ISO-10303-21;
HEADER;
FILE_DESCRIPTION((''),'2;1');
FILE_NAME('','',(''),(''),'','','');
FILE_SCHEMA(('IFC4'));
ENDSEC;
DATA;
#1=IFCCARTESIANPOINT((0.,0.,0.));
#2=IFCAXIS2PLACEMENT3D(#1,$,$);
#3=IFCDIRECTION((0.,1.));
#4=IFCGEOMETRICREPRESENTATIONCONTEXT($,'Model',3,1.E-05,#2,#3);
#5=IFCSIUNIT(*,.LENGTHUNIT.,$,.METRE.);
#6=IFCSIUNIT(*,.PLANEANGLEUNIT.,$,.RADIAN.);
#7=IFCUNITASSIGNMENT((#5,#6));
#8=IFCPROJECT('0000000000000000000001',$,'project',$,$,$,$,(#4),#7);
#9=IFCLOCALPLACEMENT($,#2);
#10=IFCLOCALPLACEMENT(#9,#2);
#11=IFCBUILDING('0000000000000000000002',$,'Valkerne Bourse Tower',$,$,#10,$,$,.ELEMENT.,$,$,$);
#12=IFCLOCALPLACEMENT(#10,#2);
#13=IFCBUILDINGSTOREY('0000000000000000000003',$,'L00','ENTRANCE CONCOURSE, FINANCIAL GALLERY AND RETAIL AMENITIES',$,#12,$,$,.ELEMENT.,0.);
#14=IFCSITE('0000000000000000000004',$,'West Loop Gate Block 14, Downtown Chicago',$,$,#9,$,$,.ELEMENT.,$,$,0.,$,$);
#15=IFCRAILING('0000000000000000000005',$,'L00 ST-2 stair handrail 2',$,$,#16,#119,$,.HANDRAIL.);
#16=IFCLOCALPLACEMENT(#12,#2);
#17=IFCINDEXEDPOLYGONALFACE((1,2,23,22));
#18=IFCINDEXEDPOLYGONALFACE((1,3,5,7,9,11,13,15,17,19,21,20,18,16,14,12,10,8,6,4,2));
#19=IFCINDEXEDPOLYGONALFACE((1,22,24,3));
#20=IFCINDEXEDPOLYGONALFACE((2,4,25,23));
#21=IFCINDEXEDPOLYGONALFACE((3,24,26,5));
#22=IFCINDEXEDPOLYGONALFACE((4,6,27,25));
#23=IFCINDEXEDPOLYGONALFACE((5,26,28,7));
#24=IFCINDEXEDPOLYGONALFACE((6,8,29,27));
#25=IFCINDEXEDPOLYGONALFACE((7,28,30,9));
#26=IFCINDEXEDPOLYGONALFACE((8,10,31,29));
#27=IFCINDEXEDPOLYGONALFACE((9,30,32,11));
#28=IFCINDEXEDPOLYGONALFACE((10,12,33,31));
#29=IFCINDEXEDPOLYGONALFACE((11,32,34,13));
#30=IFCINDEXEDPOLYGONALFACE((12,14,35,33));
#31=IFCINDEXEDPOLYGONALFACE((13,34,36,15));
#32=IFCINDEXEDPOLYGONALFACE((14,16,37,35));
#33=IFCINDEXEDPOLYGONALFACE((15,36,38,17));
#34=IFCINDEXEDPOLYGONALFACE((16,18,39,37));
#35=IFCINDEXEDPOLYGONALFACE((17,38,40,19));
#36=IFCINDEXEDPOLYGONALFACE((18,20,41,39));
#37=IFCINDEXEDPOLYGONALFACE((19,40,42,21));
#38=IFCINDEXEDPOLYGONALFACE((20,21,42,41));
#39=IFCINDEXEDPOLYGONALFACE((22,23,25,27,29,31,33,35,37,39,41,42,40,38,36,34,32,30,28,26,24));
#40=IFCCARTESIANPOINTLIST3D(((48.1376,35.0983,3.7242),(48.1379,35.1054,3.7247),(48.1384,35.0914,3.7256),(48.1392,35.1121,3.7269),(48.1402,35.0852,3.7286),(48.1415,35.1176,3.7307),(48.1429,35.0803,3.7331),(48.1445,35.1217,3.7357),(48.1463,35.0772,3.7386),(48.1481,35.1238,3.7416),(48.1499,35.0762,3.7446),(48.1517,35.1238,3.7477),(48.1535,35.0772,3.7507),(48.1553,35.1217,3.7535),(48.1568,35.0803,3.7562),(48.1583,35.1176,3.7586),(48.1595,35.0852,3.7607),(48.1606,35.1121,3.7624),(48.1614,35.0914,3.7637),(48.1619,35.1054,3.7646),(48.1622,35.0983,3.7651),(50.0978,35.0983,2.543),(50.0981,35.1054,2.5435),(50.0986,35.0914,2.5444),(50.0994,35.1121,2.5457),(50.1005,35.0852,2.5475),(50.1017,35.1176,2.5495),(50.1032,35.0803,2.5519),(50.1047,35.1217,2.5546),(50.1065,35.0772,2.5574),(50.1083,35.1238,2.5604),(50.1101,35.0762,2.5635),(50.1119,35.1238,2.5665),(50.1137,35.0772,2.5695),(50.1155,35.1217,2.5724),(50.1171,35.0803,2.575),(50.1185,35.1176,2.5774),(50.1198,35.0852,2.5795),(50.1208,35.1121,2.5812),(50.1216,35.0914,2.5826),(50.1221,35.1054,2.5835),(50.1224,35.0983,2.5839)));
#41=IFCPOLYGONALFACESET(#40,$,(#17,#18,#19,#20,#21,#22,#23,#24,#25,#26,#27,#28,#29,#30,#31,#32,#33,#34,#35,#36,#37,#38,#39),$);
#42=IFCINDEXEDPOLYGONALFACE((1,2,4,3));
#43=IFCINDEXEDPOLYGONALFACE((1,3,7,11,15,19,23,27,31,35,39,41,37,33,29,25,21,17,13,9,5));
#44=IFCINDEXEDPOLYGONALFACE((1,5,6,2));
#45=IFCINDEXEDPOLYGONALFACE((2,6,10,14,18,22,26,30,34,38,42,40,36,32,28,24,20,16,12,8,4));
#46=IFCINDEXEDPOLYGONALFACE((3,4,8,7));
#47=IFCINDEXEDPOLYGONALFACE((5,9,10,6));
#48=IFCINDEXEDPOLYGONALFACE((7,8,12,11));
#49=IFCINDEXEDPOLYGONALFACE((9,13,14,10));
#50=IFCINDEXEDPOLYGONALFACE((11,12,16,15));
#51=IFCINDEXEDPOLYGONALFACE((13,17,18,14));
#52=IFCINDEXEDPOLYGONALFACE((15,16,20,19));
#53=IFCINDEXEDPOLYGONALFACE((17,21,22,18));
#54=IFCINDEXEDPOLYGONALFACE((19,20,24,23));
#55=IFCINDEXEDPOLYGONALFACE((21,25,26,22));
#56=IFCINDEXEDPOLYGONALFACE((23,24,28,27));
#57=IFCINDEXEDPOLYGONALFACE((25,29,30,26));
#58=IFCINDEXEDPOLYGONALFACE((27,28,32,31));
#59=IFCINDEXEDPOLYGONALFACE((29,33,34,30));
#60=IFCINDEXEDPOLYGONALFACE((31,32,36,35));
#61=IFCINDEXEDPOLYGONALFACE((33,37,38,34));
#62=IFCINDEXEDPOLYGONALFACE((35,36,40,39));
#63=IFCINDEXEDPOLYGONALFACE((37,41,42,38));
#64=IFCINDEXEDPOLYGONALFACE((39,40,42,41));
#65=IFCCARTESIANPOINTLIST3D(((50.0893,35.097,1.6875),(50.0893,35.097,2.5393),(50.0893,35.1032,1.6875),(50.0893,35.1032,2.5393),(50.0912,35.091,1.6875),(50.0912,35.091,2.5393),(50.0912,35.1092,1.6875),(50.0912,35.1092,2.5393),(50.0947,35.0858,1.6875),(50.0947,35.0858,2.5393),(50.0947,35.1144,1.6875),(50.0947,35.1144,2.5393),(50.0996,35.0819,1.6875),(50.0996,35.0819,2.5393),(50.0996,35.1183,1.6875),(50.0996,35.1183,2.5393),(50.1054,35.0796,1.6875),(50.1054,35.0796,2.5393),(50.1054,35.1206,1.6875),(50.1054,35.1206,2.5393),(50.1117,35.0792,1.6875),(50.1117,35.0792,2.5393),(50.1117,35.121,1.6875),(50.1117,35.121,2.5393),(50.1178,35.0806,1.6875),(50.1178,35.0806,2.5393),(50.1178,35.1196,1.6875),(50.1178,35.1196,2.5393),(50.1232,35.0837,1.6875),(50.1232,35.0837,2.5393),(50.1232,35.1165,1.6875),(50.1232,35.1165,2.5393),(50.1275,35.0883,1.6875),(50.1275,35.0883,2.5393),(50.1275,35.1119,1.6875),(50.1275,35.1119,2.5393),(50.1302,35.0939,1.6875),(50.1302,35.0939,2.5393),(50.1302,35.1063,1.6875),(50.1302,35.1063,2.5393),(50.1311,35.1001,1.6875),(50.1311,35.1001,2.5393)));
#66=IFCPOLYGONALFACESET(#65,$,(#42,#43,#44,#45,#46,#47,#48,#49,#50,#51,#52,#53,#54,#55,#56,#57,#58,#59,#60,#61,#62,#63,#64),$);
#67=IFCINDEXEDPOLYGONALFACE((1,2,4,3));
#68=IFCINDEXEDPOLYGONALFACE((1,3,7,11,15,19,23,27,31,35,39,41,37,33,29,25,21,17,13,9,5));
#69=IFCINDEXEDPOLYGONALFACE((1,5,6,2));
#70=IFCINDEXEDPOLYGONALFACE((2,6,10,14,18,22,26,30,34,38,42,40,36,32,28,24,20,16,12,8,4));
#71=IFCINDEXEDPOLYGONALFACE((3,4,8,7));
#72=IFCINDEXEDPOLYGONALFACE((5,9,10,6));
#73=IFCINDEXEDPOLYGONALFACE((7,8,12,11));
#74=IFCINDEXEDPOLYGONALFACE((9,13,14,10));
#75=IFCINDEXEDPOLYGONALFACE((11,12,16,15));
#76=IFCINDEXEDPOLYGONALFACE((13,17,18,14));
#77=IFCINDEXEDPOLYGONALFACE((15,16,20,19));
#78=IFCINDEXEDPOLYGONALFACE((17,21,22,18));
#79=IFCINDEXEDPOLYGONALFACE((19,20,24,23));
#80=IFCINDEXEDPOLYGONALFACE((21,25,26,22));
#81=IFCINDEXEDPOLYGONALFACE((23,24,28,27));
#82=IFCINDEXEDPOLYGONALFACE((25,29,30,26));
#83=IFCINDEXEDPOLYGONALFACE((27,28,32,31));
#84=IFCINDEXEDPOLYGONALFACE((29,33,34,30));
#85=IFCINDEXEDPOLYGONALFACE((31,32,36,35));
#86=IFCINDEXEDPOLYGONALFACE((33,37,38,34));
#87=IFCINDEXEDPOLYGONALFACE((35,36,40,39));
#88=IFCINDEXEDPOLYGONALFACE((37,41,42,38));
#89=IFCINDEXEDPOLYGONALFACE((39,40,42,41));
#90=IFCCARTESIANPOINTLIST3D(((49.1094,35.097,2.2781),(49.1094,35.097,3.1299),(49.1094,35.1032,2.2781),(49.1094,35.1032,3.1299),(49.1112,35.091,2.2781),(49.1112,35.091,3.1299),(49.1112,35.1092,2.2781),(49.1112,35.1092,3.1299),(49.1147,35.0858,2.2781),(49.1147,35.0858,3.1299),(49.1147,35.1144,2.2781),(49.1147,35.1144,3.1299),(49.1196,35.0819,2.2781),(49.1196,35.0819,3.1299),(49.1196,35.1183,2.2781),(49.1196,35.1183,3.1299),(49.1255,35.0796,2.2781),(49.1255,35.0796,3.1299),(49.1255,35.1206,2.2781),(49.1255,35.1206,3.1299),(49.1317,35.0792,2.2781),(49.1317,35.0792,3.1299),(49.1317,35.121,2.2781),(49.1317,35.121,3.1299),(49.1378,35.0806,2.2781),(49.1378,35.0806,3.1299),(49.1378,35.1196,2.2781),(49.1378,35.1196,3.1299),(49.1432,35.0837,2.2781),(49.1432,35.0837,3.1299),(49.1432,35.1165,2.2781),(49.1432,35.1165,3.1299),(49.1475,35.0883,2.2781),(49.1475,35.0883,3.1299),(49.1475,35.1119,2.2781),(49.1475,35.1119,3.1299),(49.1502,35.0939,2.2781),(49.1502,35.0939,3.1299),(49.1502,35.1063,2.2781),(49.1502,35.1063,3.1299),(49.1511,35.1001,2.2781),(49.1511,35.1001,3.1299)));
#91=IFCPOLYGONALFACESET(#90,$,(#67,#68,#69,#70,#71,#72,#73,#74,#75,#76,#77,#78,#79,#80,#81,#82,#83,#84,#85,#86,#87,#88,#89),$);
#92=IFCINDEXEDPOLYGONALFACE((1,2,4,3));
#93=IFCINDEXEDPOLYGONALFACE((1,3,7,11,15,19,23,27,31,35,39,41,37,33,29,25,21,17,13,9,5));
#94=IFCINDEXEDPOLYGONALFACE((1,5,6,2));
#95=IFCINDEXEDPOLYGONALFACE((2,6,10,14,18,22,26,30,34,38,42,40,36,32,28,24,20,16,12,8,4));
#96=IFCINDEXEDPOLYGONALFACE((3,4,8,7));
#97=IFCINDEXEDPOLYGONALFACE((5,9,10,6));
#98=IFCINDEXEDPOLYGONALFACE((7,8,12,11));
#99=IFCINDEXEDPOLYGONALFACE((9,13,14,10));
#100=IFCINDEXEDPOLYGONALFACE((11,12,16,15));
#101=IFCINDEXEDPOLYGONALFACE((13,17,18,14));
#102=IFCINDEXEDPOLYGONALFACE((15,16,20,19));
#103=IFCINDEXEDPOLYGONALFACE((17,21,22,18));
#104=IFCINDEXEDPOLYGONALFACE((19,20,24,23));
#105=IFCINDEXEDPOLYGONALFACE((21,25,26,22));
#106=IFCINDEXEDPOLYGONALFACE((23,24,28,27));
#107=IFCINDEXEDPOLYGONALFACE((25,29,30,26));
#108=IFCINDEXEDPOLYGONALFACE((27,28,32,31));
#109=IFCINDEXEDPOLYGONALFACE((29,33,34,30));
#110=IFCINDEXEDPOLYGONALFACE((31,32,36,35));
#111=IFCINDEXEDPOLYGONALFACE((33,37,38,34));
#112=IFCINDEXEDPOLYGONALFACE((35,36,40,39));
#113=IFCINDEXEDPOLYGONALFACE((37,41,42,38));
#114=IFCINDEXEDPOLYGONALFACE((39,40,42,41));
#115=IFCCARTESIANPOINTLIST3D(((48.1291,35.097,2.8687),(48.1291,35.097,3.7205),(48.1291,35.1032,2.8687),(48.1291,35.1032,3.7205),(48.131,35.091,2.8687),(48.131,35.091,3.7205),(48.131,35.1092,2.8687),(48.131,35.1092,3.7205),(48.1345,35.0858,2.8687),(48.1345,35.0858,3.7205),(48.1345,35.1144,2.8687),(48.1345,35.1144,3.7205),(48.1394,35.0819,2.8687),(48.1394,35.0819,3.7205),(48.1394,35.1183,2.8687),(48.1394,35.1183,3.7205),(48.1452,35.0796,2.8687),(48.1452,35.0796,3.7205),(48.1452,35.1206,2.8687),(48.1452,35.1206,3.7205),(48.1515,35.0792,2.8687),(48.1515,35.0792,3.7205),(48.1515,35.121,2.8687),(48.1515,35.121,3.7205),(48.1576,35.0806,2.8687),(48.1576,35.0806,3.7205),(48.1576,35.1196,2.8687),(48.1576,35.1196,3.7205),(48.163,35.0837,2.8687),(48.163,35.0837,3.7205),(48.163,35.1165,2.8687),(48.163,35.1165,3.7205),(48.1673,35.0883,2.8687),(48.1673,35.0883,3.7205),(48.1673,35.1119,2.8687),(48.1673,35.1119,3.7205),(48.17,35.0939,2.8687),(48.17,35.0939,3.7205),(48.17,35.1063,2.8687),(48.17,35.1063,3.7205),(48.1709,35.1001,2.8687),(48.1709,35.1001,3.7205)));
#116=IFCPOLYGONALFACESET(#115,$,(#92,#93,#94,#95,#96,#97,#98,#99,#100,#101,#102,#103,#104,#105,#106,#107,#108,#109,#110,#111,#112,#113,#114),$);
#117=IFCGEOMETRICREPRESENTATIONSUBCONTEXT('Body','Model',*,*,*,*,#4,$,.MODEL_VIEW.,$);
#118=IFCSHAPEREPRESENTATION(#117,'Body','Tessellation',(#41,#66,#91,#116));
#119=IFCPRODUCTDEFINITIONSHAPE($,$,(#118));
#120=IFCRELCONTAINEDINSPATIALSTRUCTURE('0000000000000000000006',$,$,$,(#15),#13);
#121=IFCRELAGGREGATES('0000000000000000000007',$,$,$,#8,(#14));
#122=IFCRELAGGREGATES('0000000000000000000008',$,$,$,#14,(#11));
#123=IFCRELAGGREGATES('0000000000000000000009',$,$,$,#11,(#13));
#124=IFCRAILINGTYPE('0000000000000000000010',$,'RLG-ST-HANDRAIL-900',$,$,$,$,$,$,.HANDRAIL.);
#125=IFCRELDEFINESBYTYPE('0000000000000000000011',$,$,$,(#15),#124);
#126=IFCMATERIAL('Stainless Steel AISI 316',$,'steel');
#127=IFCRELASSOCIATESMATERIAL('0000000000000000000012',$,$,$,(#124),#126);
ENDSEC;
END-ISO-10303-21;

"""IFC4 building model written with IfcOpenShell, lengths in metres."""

from ifc_helpers import new_model, si_unit, direction, frame, origin, origin_2d, place, context, subcontext, project, spatial, circle, extrude, material, type_object, element, save


model = new_model("IFC4")

# Units and contexts
model_context = context("Model", 3, precision=1e-05, world=origin(), true_north=direction((0.0, 1.0)))
body_context = subcontext(model_context, "Body", "Model", "MODEL_VIEW")
ifc_project = project(units=[si_unit("LENGTHUNIT", "METRE"), si_unit("PLANEANGLEUNIT", "RADIAN")], contexts=[model_context])

# Site, building, storey
site_placement = place(None, origin())
site = spatial("IfcSite", under=ifc_project, at=site_placement, Name="West Loop Gate Block 14, Downtown Chicago", CompositionType="ELEMENT", RefElevation=0.0)
building_placement = place(site_placement, origin())
building = spatial("IfcBuilding", under=site, at=building_placement, Name="Valkerne Bourse Tower", CompositionType="ELEMENT")
storey_placement = place(building_placement, origin())
storey = spatial("IfcBuildingStorey", under=building, at=storey_placement, Name="L00", Description="ENTRANCE CONCOURSE, FINANCIAL GALLERY AND RETAIL AMENITIES", CompositionType="ELEMENT", Elevation=0.0)

# Railing
ifc_material_1 = material(Name="Stainless Steel AISI 316", Category="steel")
railing_type_1 = type_object("IfcRailingType", Name="RLG-ST-HANDRAIL-900", PredefinedType="HANDRAIL", material=ifc_material_1)
railing_1_placement = place(storey_placement, frame((50.1101, 35.1001, 1.6875)))
element("IfcRailing", 1, at=railing_1_placement, inside=storey, type_object=railing_type_1, Name="L00 ST-2 stair handrail 2", PredefinedType="HANDRAIL", context=body_context, shape_type="SweptSolid", body=[
    extrude(circle(Radius=0.0239, at=origin_2d()), frame((0.0, 0.0, 0.876), z_axis=(-0.856522, 0.0, 0.516111), x_axis=(0.0, -1.0, 0.0)), (0.0, 0.0, 1.0), 2.2886),
    extrude(circle(Radius=0.021, at=origin_2d()), origin(), (0.0, 0.0, 1.0), 0.8518),
    extrude(circle(Radius=0.021, at=origin_2d()), frame((-0.98, 0.0, 0.5906)), (0.0, 0.0, 1.0), 0.8518),
    extrude(circle(Radius=0.021, at=origin_2d()), frame((-1.9602, 0.0, 1.1812)), (0.0, 0.0, 1.0), 0.8518),
])

save(model, "model.ifc")
